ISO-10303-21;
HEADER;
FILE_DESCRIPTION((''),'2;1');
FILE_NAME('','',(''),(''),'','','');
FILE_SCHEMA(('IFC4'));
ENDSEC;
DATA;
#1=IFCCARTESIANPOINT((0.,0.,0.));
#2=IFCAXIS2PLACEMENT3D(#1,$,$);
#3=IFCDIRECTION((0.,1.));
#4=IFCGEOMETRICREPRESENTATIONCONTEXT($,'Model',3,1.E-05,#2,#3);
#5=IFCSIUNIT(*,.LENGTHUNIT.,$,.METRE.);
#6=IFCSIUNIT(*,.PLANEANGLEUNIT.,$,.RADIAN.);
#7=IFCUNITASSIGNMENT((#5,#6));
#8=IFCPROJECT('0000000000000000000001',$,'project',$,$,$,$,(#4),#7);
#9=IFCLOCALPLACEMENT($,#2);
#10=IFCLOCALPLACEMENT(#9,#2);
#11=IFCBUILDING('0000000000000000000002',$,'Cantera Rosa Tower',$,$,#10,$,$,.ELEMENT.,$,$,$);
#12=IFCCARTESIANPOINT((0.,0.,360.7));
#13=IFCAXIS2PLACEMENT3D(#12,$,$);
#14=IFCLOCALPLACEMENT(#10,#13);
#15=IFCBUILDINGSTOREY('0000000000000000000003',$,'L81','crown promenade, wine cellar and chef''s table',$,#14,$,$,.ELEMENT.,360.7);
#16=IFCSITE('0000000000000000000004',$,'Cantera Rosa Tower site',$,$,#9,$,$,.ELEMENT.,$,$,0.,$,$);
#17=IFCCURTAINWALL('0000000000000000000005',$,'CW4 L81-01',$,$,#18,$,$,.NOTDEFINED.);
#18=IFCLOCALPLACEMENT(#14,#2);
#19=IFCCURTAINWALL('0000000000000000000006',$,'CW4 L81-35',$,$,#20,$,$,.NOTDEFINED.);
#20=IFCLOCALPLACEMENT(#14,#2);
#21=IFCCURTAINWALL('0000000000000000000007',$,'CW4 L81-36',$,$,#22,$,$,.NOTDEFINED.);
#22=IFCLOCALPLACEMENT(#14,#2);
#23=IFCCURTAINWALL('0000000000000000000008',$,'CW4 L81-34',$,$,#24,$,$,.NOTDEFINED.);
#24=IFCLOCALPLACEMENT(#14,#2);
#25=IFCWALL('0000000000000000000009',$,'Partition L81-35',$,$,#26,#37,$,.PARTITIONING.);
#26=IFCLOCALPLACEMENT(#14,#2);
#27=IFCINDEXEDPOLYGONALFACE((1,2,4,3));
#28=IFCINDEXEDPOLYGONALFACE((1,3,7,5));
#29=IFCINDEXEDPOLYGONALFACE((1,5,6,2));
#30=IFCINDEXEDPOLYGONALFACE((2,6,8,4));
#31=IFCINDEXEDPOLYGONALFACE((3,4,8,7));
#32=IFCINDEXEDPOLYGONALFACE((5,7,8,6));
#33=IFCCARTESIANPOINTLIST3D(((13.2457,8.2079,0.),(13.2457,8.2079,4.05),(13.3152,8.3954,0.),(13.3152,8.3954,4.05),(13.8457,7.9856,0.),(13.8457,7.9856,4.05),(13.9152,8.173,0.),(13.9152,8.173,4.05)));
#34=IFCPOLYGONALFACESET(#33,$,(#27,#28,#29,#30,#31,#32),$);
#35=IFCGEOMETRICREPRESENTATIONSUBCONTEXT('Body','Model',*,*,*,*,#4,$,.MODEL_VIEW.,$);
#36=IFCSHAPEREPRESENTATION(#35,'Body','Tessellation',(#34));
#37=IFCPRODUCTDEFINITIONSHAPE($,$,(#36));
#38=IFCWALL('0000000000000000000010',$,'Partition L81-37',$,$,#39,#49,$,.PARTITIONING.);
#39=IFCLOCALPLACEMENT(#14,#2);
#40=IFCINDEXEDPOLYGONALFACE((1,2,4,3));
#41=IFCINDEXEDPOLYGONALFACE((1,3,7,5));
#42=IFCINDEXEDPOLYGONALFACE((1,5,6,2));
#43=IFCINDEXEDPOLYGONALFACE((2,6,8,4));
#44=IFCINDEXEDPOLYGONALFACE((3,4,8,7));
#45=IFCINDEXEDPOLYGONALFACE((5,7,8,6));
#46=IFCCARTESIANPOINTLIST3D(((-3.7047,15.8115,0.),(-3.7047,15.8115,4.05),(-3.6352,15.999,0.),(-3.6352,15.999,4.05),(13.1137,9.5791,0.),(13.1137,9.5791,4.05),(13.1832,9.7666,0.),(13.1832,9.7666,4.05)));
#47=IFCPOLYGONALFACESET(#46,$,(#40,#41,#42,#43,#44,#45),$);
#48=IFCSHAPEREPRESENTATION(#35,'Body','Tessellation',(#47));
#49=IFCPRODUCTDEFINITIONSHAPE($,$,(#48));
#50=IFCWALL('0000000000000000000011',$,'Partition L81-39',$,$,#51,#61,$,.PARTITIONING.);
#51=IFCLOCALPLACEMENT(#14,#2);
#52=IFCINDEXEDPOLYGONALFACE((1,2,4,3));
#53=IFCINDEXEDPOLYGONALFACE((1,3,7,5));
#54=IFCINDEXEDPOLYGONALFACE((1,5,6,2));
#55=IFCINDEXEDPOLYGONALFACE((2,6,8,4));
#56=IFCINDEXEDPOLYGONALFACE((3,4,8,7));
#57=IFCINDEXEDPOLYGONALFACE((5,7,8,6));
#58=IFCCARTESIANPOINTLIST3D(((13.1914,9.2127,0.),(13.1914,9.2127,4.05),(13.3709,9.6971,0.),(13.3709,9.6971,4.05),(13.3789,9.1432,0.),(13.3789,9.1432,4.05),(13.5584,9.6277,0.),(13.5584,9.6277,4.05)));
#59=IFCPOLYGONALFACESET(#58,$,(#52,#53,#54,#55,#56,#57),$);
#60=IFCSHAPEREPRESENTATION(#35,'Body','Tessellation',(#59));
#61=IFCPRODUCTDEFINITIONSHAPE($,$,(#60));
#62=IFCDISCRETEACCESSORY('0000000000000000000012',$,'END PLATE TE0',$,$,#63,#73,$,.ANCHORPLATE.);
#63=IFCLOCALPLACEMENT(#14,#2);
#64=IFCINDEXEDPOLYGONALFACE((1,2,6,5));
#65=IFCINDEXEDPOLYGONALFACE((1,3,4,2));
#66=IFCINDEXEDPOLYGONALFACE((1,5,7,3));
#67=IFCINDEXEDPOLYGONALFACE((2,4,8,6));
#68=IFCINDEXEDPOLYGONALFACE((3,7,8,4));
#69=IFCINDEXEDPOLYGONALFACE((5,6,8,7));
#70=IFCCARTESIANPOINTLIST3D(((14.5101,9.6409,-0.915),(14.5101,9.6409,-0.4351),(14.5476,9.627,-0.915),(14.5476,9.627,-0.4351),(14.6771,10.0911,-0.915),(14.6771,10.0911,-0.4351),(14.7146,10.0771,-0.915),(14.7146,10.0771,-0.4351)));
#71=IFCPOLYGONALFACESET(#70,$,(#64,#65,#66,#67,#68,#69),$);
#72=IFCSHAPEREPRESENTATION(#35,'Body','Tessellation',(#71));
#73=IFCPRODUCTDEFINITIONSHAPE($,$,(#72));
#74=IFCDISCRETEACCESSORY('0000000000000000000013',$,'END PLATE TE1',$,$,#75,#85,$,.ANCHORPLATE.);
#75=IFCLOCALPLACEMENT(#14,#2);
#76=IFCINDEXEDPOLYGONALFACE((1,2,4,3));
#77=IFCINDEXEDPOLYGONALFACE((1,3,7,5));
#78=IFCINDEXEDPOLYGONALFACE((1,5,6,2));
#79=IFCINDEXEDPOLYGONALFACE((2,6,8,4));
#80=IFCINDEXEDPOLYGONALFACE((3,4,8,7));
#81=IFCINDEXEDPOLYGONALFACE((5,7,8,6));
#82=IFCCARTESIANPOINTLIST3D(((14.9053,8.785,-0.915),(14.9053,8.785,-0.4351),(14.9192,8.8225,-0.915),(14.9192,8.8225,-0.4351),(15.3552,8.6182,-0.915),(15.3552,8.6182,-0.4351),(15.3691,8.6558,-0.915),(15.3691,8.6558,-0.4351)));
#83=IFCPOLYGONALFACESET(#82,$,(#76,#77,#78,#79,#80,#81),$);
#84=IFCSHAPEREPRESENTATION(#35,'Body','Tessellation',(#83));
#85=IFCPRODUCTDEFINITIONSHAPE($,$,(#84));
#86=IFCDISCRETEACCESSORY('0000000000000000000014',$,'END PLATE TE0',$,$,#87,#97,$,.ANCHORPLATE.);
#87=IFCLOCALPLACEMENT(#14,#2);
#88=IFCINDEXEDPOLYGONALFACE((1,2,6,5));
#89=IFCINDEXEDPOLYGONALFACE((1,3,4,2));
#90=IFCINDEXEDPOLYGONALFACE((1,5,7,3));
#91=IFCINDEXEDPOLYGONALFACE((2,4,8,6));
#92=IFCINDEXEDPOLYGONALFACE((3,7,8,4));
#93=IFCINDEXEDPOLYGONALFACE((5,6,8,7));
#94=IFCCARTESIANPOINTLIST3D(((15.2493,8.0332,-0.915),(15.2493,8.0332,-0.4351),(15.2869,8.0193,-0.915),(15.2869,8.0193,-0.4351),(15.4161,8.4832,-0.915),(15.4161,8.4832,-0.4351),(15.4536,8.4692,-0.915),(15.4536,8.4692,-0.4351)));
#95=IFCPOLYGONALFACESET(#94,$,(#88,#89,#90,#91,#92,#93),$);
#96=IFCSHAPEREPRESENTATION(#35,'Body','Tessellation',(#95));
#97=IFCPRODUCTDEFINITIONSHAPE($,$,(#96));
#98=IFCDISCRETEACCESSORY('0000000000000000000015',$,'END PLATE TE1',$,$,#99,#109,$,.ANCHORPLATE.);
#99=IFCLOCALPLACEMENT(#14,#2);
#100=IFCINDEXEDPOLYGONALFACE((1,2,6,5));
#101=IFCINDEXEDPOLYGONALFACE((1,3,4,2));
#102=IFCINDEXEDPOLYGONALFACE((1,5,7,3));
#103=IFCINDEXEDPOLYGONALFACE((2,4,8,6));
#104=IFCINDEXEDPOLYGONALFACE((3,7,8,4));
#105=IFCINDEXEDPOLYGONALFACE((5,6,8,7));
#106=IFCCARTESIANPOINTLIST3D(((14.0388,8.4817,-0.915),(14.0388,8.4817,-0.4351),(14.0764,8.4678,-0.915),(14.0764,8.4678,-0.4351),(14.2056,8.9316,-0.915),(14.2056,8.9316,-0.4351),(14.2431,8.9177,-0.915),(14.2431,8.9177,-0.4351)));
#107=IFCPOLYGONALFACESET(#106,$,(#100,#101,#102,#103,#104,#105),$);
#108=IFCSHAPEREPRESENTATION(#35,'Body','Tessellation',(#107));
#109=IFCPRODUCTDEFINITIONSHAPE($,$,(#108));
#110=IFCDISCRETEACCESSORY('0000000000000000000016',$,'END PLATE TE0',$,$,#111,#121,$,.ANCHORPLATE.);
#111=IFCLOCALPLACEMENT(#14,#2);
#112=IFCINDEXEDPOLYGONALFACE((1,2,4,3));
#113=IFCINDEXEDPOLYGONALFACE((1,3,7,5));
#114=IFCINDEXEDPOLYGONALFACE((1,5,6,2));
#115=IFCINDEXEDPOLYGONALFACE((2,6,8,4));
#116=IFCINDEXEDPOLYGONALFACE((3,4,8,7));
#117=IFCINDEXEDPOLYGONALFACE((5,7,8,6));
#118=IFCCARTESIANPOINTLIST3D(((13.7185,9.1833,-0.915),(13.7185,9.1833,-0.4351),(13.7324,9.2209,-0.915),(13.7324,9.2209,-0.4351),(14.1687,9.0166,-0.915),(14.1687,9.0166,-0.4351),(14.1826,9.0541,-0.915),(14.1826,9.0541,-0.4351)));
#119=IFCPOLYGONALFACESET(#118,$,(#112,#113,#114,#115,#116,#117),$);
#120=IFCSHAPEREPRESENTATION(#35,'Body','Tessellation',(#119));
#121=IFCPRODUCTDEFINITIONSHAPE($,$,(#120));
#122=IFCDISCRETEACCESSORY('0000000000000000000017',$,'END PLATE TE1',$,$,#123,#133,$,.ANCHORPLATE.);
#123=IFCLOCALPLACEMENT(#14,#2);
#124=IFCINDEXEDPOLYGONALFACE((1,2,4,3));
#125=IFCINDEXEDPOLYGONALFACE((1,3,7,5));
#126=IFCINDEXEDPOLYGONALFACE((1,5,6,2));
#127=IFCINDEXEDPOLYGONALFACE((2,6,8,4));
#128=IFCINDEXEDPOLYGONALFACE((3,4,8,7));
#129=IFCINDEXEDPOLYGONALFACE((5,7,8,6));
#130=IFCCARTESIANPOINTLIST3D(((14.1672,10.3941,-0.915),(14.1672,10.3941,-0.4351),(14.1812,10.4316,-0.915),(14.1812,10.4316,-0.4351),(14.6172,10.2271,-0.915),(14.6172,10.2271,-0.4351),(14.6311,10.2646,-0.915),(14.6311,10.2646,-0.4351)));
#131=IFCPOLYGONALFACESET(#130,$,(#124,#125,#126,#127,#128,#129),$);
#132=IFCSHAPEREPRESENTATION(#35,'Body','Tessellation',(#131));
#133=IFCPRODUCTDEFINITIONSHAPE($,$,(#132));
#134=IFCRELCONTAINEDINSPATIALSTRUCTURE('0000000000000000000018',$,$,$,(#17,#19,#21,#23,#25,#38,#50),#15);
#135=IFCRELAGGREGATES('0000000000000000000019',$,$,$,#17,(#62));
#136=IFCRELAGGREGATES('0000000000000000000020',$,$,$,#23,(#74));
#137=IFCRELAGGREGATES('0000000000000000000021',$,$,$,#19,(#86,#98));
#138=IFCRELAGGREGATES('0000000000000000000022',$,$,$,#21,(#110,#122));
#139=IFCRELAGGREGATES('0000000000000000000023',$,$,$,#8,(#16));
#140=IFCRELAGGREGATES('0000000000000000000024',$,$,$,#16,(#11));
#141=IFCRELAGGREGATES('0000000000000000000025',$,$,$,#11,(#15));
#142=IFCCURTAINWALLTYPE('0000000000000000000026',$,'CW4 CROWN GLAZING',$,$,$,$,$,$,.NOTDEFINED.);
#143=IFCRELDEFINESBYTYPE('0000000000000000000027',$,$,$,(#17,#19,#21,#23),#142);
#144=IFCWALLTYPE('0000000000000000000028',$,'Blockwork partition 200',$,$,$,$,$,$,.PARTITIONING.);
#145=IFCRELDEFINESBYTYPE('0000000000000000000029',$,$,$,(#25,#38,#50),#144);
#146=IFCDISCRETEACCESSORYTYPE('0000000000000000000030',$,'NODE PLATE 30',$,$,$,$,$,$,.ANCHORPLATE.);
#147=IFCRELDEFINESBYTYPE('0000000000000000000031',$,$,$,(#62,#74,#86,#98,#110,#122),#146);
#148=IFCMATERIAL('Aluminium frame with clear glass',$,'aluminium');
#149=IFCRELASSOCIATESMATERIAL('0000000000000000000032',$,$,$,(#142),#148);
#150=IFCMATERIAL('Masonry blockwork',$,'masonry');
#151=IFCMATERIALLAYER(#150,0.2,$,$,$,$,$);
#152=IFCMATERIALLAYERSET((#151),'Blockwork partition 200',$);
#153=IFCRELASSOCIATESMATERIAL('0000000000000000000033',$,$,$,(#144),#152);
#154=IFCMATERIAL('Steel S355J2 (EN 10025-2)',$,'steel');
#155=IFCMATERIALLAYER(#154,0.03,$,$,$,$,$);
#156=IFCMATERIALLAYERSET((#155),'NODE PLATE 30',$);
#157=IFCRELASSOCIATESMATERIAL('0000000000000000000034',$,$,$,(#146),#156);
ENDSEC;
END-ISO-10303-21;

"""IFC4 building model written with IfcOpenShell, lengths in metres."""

from ifc_helpers import new_model, si_unit, direction, frame, frame_2d, origin, place, context, subcontext, project, spatial, polyline, rectangle, outline, extrude, material, layer, layer_set, type_object, element, aggregate, save


model = new_model("IFC4")

# Units and contexts
model_context = context("Model", 3, precision=1e-05, world=origin(), true_north=direction((0.0, 1.0)))
body_context = subcontext(model_context, "Body", "Model", "MODEL_VIEW")
ifc_project = project(units=[si_unit("LENGTHUNIT", "METRE"), si_unit("PLANEANGLEUNIT", "RADIAN")], contexts=[model_context])

# Site, building, storey
site_placement = place(None, origin())
site = spatial("IfcSite", under=ifc_project, at=site_placement, Name="Cantera Rosa Tower site", CompositionType="ELEMENT", RefElevation=0.0)
building_placement = place(site_placement, origin())
building = spatial("IfcBuilding", under=site, at=building_placement, Name="Cantera Rosa Tower", CompositionType="ELEMENT")
storey_placement = place(building_placement, frame((0.0, 0.0, 360.7)))
storey = spatial("IfcBuildingStorey", under=building, at=storey_placement, Name="L81", Description="crown promenade, wine cellar and chef's table", CompositionType="ELEMENT", Elevation=360.7)

# Curtain walls
ifc_material_1 = material(Name="Aluminium frame with clear glass", Category="aluminium")
curtain_wall_type = type_object("IfcCurtainWallType", Name="CW4 CROWN GLAZING", PredefinedType="NOTDEFINED", material=ifc_material_1)
curtain_wall_1_placement = place(storey_placement, origin())
curtain_wall_1 = element("IfcCurtainWall", 1, at=curtain_wall_1_placement, inside=storey, type_object=curtain_wall_type, Name="CW4 L81-01", PredefinedType="NOTDEFINED")
curtain_wall_2_placement = place(storey_placement, origin())
curtain_wall_2 = element("IfcCurtainWall", 2, at=curtain_wall_2_placement, inside=storey, type_object=curtain_wall_type, Name="CW4 L81-35", PredefinedType="NOTDEFINED")
curtain_wall_3_placement = place(storey_placement, origin())
curtain_wall_3 = element("IfcCurtainWall", 3, at=curtain_wall_3_placement, inside=storey, type_object=curtain_wall_type, Name="CW4 L81-36", PredefinedType="NOTDEFINED")

# Curtain wall
curtain_wall_4_placement = place(storey_placement, origin())
curtain_wall_4 = element("IfcCurtainWall", 4, at=curtain_wall_4_placement, inside=storey, type_object=curtain_wall_type, Name="CW4 L81-34", PredefinedType="NOTDEFINED")

# Walls
ifc_material_2 = material(Name="Masonry blockwork", Category="masonry")
ifc_layer_1 = layer(ifc_material_2, 0.2)
ifc_layer_set_1 = layer_set([ifc_layer_1], Name="Blockwork partition 200")
wall_type = type_object("IfcWallType", Name="Blockwork partition 200", PredefinedType="PARTITIONING", material=ifc_layer_set_1)
wall_1_placement = place(storey_placement, frame((13.8804, 8.0793, 0.0), z_axis=(0.0, 0.0, 1.0), x_axis=(-0.937671, 0.347526, 0.0)))
element("IfcWall", 5, at=wall_1_placement, inside=storey, type_object=wall_type, Name="Partition L81-35", PredefinedType="PARTITIONING", context=body_context, shape_type="SweptSolid", body=[
    extrude(rectangle(XDim=0.6399, YDim=0.2, at=frame_2d((0.3198, 0.0))), origin(), (0.0, 0.0, 1.0), 4.05),
])
wall_2_placement = place(storey_placement, frame((13.1484, 9.6729, 0.0), z_axis=(0.0, 0.0, 1.0), x_axis=(-0.937687, 0.347481, 0.0)))
element("IfcWall", 6, at=wall_2_placement, inside=storey, type_object=wall_type, Name="Partition L81-37", PredefinedType="PARTITIONING", context=body_context, shape_type="SweptSolid", body=[
    extrude(rectangle(XDim=17.936, YDim=0.2, at=frame_2d((8.968, 0.0))), origin(), (0.0, 0.0, 1.0), 4.05),
])
wall_3_placement = place(storey_placement, frame((13.2852, 9.178, 0.0), z_axis=(0.0, 0.0, 1.0), x_axis=(0.347391, 0.93772, 0.0)))
element("IfcWall", 7, at=wall_3_placement, inside=storey, type_object=wall_type, Name="Partition L81-39", PredefinedType="PARTITIONING", context=body_context, shape_type="SweptSolid", body=[
    extrude(rectangle(XDim=0.5166, YDim=0.2, at=frame_2d((0.2583, 0.0))), origin(), (0.0, 0.0, 1.0), 4.05),
])

# Discrete accessories
ifc_material_3 = material(Name="Steel S355J2 (EN 10025-2)", Category="steel")
ifc_layer_2 = layer(ifc_material_3, 0.03)
ifc_layer_set_2 = layer_set([ifc_layer_2], Name="NODE PLATE 30")
discrete_accessory_type = type_object("IfcDiscreteAccessoryType", Name="NODE PLATE 30", PredefinedType="ANCHORPLATE", material=ifc_layer_set_2)
discrete_accessory_1_placement = place(storey_placement, frame((14.7146, 10.0771, -0.4351), z_axis=(0.937577, -0.347778, 0.0), x_axis=(-0.347778, -0.937577, 0.0)))
discrete_accessory_1 = element("IfcDiscreteAccessory", 8, at=discrete_accessory_1_placement, type_object=discrete_accessory_type, Name="END PLATE TE0", PredefinedType="ANCHORPLATE", context=body_context, shape_type="SweptSolid", body=[
    extrude(outline(polyline([(0.0, 0.0), (0.4802, 0.0), (0.4802, 0.48), (0.0, 0.48), (0.0, 0.0)])), origin(), (0.0, 0.0, -1.0), 0.04),
])
aggregate(curtain_wall_1, [discrete_accessory_1])
discrete_accessory_2_placement = place(storey_placement, frame((14.9192, 8.8225, -0.4351), z_axis=(0.347497, 0.937681, 0.0), x_axis=(0.937681, -0.347497, 0.0)))
discrete_accessory_2 = element("IfcDiscreteAccessory", 9, at=discrete_accessory_2_placement, type_object=discrete_accessory_type, Name="END PLATE TE1", PredefinedType="ANCHORPLATE", context=body_context, shape_type="SweptSolid", body=[
    extrude(outline(polyline([(0.0, 0.0), (0.4799, 0.0), (0.4799, 0.48), (0.0, 0.48), (0.0, 0.0)])), origin(), (0.0, 0.0, -1.0), 0.04),
])
aggregate(curtain_wall_4, [discrete_accessory_2])
discrete_accessory_3_placement = place(storey_placement, frame((15.4536, 8.4692, -0.4351), z_axis=(0.937681, -0.347497, 0.0), x_axis=(-0.347497, -0.937681, 0.0)))
discrete_accessory_3 = element("IfcDiscreteAccessory", 10, at=discrete_accessory_3_placement, type_object=discrete_accessory_type, Name="END PLATE TE0", PredefinedType="ANCHORPLATE", context=body_context, shape_type="SweptSolid", body=[
    extrude(outline(polyline([(0.0, 0.0), (0.4799, 0.0), (0.4799, 0.48), (0.0, 0.48), (0.0, 0.0)])), origin(), (0.0, 0.0, -1.0), 0.04),
])
discrete_accessory_4_placement = place(storey_placement, frame((14.0388, 8.4817, -0.4351), z_axis=(-0.937681, 0.347497, 0.0), x_axis=(0.347497, 0.937681, 0.0)))
discrete_accessory_4 = element("IfcDiscreteAccessory", 11, at=discrete_accessory_4_placement, type_object=discrete_accessory_type, Name="END PLATE TE1", PredefinedType="ANCHORPLATE", context=body_context, shape_type="SweptSolid", body=[
    extrude(outline(polyline([(0.0, 0.0), (0.4799, 0.0), (0.4799, 0.48), (0.0, 0.48), (0.0, 0.0)])), origin(), (0.0, 0.0, -1.0), 0.04),
])
aggregate(curtain_wall_2, [discrete_accessory_3, discrete_accessory_4])
discrete_accessory_5_placement = place(storey_placement, frame((14.1687, 9.0166, -0.4351), z_axis=(-0.347331, -0.937743, 0.0), x_axis=(-0.937743, 0.347331, 0.0)))
discrete_accessory_5 = element("IfcDiscreteAccessory", 12, at=discrete_accessory_5_placement, type_object=discrete_accessory_type, Name="END PLATE TE0", PredefinedType="ANCHORPLATE", context=body_context, shape_type="SweptSolid", body=[
    extrude(outline(polyline([(0.0, 0.0), (0.4801, 0.0), (0.4801, 0.48), (0.0, 0.48), (0.0, 0.0)])), origin(), (0.0, 0.0, -1.0), 0.04),
])
discrete_accessory_6_placement = place(storey_placement, frame((14.1812, 10.4316, -0.4351), z_axis=(0.347944, 0.937515, 0.0), x_axis=(0.937515, -0.347944, 0.0)))
discrete_accessory_6 = element("IfcDiscreteAccessory", 13, at=discrete_accessory_6_placement, type_object=discrete_accessory_type, Name="END PLATE TE1", PredefinedType="ANCHORPLATE", context=body_context, shape_type="SweptSolid", body=[
    extrude(outline(polyline([(0.0, 0.0), (0.4799, 0.0), (0.4799, 0.48), (0.0, 0.48), (0.0, 0.0)])), origin(), (0.0, 0.0, -1.0), 0.04),
])
aggregate(curtain_wall_3, [discrete_accessory_5, discrete_accessory_6])

save(model, "model.ifc")
